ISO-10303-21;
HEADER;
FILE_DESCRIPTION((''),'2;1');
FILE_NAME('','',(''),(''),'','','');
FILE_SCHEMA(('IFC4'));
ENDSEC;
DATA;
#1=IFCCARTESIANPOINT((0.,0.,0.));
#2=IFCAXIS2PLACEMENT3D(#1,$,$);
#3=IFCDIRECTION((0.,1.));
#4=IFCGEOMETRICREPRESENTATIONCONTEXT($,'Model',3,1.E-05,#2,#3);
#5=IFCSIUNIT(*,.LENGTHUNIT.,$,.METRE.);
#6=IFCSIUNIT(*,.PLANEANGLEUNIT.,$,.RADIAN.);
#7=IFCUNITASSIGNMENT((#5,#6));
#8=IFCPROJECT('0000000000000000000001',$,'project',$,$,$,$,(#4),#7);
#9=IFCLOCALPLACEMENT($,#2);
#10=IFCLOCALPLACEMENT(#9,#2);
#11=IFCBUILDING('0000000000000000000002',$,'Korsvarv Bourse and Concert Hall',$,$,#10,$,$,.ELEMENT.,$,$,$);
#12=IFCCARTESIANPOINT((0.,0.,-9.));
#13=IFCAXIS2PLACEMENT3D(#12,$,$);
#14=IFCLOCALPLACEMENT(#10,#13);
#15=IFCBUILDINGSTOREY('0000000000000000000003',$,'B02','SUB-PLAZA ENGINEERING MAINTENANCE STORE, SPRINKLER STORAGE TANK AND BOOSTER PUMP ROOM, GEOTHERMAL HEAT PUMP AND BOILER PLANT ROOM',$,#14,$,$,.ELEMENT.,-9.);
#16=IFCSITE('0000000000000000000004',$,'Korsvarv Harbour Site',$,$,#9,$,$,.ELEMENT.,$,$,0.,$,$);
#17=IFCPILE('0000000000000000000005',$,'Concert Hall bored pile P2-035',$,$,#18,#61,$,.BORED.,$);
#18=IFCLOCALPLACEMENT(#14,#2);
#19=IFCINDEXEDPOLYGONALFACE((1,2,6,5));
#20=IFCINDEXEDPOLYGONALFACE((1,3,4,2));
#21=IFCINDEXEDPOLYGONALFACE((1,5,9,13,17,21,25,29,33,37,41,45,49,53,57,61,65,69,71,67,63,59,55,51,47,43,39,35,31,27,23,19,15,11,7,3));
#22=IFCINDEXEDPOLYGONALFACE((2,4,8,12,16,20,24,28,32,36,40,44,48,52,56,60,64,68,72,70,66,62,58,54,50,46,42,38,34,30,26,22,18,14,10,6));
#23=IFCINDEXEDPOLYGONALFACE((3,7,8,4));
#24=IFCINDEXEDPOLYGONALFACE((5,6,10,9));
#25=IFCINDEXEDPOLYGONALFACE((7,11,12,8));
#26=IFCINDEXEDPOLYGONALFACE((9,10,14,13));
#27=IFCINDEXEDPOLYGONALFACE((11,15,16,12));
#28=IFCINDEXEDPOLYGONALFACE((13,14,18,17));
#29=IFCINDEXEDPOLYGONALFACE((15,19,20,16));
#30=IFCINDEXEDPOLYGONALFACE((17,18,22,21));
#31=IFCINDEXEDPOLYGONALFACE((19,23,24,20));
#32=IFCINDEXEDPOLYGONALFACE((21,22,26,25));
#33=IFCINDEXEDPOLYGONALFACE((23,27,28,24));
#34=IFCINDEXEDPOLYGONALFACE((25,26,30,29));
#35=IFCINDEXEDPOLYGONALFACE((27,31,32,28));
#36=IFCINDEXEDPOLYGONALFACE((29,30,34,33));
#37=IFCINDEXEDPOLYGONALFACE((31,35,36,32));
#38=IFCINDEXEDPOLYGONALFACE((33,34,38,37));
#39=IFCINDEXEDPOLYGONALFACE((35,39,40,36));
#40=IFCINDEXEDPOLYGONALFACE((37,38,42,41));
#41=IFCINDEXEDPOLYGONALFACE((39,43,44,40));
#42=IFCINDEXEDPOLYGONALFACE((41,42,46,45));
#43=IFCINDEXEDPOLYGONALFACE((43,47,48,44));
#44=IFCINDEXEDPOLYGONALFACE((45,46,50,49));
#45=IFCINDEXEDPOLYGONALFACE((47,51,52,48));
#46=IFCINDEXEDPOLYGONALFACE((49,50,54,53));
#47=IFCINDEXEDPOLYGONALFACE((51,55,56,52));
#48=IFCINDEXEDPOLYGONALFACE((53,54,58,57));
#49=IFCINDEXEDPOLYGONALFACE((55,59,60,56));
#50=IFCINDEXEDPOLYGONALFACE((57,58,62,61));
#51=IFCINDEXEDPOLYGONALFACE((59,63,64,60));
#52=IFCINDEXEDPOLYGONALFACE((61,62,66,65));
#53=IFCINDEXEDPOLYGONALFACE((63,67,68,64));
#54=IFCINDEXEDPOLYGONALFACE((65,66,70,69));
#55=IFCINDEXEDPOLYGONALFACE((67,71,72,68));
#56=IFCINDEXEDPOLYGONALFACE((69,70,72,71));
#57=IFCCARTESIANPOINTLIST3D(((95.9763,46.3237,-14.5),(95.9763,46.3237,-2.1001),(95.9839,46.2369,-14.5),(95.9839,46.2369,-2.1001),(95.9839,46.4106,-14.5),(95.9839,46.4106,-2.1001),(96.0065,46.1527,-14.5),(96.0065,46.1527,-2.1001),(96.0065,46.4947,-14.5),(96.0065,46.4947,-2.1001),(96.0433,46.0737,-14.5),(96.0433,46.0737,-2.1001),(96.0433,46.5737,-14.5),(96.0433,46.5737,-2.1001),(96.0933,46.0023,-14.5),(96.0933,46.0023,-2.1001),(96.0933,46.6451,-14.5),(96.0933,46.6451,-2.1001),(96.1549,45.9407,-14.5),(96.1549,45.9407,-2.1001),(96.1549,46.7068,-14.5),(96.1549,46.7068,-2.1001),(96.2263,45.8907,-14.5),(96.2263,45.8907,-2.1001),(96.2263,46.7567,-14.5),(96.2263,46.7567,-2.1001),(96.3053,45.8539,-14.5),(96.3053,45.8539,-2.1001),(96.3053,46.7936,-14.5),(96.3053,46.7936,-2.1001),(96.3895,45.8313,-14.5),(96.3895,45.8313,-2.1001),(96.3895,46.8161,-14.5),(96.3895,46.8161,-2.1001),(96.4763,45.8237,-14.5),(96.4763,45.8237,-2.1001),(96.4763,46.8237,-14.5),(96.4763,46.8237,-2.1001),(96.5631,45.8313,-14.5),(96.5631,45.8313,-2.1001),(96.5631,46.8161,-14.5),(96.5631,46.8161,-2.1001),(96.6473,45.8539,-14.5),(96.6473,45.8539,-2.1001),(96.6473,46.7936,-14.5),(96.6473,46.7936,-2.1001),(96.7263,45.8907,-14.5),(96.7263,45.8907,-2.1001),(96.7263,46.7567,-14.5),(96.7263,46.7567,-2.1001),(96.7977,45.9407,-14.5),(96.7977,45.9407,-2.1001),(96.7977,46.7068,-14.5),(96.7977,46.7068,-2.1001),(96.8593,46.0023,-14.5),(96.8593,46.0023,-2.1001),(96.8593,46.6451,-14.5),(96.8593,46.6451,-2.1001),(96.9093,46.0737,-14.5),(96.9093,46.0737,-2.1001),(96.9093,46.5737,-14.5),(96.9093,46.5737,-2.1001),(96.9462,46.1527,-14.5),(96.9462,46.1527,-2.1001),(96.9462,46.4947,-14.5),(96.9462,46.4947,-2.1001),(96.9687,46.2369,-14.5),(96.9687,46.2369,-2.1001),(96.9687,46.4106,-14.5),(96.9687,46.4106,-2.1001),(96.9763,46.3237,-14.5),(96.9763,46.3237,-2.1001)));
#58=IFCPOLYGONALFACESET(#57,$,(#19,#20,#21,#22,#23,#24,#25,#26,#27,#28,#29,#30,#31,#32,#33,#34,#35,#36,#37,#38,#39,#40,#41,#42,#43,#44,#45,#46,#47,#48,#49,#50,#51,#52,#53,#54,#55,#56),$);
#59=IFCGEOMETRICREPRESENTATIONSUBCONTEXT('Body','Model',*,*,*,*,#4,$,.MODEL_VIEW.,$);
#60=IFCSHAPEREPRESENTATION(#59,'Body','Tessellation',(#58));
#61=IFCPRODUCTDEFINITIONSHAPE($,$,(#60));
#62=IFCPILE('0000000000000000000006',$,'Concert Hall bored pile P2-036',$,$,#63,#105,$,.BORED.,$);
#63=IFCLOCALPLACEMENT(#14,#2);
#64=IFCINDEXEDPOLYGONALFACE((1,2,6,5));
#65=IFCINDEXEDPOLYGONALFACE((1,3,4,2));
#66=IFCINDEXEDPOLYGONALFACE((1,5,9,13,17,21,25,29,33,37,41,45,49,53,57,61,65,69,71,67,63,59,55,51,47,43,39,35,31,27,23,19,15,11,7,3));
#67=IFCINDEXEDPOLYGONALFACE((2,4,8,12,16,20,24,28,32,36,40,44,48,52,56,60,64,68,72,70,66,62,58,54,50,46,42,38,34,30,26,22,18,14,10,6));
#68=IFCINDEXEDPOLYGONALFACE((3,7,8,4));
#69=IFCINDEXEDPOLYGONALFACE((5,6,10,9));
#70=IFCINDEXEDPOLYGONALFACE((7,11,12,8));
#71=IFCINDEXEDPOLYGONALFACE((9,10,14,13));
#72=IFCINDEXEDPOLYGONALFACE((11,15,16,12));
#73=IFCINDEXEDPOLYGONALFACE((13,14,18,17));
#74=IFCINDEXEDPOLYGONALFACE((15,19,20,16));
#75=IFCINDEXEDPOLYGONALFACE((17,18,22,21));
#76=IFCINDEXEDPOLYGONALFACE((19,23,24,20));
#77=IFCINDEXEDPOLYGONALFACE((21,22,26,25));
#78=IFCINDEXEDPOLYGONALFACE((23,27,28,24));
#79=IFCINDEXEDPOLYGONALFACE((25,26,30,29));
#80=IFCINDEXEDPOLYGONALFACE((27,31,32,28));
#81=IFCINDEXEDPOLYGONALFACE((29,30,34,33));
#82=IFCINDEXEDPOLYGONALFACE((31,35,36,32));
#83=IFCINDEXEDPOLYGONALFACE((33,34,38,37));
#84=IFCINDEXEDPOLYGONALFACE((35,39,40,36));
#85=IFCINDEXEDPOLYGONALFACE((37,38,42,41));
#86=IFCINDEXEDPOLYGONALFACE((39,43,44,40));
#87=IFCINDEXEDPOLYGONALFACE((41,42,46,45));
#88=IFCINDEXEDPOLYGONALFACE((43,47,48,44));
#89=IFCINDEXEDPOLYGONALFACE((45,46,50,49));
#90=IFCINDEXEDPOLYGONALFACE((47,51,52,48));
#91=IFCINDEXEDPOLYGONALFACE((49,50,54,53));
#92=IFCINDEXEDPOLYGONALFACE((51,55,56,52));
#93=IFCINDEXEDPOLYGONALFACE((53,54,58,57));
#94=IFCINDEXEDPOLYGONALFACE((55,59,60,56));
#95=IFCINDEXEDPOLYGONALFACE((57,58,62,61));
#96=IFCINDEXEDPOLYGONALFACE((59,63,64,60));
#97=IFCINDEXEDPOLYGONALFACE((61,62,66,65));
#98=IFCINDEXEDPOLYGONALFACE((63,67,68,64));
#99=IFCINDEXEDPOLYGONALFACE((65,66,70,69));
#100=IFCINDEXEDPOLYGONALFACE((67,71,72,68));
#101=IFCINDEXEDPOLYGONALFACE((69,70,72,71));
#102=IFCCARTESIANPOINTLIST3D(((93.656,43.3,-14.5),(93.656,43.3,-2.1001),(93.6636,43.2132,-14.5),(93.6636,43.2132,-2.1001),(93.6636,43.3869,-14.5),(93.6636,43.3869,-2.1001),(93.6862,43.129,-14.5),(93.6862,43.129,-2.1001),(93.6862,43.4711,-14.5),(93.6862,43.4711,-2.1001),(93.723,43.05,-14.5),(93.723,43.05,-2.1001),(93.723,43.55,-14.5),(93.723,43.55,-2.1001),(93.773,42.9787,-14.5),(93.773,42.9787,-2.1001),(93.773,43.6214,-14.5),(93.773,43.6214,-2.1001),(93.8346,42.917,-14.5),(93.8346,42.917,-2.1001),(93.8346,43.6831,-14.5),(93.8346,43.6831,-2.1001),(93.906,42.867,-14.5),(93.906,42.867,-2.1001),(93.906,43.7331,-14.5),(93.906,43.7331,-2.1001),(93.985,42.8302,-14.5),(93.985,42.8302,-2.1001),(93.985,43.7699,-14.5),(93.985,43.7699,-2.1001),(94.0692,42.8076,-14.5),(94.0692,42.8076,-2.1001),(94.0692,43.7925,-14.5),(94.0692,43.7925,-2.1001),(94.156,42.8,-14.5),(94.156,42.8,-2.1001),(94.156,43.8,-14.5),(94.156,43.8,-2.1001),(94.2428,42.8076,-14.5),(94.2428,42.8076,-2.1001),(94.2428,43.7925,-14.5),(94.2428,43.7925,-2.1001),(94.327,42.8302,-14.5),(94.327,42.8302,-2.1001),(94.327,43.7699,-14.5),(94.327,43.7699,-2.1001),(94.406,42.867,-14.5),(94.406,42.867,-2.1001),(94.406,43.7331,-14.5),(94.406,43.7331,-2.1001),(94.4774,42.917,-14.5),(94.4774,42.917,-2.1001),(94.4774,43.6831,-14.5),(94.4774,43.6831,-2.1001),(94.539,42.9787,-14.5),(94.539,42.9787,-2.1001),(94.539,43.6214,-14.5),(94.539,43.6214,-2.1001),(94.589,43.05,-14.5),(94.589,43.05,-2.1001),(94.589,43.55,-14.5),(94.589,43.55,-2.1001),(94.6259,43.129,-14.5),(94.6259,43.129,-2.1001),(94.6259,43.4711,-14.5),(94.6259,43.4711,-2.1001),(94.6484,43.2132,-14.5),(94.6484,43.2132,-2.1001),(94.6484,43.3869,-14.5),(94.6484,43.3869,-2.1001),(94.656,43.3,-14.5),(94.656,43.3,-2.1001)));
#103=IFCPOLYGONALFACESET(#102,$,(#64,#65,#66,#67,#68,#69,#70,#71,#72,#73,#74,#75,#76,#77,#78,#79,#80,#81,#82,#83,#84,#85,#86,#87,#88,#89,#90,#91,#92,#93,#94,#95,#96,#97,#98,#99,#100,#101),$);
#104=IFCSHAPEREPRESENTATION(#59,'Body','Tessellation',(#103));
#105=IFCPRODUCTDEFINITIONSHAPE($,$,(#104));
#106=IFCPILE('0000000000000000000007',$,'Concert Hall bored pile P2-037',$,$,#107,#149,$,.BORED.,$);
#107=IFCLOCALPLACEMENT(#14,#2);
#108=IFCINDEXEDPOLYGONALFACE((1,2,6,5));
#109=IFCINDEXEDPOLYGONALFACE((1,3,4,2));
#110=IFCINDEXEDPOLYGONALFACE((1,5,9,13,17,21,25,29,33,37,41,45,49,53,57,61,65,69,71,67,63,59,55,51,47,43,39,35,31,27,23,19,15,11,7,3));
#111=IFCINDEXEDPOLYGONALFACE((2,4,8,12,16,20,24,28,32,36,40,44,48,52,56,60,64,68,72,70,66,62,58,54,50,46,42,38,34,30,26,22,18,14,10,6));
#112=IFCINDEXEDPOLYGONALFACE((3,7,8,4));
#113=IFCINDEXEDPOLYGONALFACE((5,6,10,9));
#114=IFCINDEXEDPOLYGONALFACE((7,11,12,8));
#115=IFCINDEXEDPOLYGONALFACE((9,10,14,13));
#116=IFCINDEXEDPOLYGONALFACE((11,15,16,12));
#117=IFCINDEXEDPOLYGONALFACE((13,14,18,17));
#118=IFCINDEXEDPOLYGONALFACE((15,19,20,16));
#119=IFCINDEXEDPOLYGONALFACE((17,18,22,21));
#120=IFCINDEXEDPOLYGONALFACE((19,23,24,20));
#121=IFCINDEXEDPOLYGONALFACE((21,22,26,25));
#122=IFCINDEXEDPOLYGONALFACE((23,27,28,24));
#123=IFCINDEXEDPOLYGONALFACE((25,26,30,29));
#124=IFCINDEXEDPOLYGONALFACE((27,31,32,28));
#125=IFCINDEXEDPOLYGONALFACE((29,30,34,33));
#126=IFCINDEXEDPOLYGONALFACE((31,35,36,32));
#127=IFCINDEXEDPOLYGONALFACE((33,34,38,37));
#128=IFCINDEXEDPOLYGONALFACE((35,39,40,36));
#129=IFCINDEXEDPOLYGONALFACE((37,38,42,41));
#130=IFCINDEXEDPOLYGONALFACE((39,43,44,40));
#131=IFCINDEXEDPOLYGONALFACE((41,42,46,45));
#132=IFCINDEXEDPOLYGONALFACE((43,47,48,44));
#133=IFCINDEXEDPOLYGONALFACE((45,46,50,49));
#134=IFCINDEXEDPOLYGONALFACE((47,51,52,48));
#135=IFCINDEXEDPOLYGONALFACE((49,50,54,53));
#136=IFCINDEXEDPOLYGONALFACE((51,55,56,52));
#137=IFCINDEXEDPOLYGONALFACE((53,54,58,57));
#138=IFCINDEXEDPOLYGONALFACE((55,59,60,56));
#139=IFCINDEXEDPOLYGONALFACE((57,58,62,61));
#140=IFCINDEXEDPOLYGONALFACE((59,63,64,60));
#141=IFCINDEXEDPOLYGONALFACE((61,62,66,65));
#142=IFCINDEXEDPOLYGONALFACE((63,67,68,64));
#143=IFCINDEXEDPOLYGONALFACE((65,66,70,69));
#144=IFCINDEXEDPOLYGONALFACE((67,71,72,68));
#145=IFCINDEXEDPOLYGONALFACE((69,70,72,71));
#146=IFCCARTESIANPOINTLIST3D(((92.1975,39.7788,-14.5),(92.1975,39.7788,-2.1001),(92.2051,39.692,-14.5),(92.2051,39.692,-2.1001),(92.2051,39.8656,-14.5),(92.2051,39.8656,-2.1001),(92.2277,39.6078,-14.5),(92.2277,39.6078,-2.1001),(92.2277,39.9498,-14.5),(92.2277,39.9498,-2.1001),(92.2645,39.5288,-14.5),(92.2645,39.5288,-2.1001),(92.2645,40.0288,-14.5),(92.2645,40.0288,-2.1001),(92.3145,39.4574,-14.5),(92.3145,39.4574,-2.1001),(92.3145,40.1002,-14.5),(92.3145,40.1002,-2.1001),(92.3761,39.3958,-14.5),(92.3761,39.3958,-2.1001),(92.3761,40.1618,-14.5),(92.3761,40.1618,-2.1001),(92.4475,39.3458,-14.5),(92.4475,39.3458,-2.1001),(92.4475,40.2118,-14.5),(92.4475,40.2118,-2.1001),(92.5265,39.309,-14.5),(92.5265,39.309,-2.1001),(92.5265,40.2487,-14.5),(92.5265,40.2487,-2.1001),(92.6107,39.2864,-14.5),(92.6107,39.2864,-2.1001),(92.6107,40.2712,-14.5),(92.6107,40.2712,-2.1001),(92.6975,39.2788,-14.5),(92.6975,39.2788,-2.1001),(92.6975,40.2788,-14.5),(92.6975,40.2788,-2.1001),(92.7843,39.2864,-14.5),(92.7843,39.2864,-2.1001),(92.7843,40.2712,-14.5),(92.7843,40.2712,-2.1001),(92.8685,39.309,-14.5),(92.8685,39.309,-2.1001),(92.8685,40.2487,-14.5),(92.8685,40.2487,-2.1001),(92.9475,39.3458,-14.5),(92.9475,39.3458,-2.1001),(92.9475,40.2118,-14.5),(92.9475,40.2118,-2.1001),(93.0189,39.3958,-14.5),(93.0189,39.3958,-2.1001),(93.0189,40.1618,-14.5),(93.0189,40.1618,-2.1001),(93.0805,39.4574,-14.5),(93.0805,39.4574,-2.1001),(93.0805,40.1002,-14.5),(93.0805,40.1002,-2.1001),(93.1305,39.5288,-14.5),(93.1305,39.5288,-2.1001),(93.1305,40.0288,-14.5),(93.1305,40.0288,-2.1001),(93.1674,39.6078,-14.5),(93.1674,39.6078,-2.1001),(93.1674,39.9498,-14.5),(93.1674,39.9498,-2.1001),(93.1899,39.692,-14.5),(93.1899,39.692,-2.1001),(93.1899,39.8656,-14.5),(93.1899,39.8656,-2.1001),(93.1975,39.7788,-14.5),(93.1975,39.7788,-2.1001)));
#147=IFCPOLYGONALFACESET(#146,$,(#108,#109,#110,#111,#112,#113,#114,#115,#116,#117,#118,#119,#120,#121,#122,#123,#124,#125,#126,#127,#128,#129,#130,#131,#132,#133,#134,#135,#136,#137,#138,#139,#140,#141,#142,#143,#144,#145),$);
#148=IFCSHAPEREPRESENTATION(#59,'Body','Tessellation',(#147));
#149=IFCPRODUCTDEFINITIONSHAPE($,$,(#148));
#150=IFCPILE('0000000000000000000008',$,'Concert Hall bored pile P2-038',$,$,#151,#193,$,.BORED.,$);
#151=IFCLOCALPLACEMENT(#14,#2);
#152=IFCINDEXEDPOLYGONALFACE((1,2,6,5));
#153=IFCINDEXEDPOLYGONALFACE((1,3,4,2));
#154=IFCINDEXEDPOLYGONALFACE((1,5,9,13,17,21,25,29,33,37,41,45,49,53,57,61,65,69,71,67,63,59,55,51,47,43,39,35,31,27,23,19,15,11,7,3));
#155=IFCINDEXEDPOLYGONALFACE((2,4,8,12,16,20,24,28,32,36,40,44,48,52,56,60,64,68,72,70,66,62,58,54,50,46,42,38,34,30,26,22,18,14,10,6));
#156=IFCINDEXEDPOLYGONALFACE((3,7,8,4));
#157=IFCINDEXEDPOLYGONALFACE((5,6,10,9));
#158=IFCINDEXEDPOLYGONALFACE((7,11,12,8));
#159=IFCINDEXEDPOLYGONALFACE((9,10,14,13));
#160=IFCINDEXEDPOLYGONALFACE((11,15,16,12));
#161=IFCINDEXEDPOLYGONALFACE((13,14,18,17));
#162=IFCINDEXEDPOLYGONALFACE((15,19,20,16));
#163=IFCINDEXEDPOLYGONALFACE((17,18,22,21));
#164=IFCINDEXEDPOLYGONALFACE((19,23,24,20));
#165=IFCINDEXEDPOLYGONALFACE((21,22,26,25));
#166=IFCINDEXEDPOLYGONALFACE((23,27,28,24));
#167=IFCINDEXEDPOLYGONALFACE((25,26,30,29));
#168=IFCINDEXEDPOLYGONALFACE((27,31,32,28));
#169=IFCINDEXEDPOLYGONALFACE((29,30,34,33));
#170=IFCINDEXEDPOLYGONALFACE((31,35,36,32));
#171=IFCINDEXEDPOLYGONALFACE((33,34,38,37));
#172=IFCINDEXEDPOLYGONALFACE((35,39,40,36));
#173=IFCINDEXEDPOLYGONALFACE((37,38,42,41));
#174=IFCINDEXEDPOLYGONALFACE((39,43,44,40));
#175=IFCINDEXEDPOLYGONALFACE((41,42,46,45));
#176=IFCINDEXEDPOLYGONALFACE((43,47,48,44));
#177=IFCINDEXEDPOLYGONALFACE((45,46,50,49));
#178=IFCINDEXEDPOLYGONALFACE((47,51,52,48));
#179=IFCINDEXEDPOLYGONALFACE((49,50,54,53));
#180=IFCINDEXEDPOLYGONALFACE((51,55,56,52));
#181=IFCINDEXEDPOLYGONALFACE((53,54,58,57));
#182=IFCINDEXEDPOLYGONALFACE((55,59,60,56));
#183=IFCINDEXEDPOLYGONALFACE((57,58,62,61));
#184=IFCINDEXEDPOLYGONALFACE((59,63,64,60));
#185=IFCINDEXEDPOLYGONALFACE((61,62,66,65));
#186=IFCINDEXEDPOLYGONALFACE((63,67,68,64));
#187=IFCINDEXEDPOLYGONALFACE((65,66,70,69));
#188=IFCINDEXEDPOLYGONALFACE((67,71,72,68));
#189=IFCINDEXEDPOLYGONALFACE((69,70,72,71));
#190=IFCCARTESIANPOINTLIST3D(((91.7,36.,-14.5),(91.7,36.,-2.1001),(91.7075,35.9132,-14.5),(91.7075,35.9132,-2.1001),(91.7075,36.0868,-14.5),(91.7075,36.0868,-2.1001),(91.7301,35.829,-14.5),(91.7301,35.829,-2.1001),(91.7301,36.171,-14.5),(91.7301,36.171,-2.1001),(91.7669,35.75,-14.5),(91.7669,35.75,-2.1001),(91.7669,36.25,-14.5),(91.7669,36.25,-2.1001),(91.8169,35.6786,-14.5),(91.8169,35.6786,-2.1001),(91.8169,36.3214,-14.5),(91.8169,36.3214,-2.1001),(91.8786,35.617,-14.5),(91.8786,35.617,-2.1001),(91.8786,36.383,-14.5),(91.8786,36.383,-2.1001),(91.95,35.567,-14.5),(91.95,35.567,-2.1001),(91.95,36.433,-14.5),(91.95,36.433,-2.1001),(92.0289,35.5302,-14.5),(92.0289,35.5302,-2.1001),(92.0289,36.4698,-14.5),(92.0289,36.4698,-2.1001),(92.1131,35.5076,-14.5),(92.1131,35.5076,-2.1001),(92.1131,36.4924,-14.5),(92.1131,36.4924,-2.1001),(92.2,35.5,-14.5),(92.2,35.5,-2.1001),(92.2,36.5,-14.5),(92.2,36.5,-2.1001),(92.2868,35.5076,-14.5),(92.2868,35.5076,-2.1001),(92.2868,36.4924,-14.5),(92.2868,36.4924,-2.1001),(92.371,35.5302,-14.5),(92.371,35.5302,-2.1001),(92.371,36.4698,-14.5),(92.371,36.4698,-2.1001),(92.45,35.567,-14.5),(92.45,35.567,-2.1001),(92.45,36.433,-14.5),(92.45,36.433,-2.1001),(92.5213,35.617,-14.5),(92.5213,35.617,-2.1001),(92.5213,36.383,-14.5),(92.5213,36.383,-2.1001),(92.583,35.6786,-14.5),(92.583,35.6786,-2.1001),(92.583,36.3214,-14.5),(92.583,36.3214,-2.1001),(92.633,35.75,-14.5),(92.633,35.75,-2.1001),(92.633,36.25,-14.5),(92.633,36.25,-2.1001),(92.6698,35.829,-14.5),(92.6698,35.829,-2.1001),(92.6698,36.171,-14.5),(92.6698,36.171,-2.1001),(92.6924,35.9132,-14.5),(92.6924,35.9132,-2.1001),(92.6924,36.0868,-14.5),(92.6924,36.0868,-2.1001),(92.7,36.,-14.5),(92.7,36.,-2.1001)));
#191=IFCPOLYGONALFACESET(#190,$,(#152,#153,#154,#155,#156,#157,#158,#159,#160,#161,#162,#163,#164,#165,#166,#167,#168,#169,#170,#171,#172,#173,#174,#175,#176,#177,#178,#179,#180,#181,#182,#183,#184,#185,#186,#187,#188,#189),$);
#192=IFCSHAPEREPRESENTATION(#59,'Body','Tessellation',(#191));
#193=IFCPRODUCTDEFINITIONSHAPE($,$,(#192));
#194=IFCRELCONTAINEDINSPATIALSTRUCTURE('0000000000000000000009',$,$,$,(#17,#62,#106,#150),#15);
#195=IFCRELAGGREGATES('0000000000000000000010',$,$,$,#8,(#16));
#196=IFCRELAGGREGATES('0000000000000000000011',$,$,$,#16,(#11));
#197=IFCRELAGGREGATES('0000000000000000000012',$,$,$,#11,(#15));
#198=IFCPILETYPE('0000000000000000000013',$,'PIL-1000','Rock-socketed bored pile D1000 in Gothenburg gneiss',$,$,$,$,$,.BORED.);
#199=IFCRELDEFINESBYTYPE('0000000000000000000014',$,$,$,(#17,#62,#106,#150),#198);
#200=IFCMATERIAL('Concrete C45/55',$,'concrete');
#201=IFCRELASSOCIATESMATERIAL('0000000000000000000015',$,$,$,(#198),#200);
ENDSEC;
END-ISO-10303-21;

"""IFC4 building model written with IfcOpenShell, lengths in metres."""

from ifc_helpers import new_model, si_unit, direction, frame, origin, origin_2d, place, context, subcontext, project, spatial, circle, extrude, source, transform, mapped, material, material_profile, profile_set, type_object, element, save


model = new_model("IFC4")

# Units and contexts
model_context = context("Model", 3, precision=1e-05, world=origin(), true_north=direction((0.0, 1.0)))
body_context = subcontext(model_context, "Body", "Model", "MODEL_VIEW")
ifc_project = project(units=[si_unit("LENGTHUNIT", "METRE"), si_unit("PLANEANGLEUNIT", "RADIAN")], contexts=[model_context])

# Site, building, storey
site_placement = place(None, origin())
site = spatial("IfcSite", under=ifc_project, at=site_placement, Name="Korsvarv Harbour Site", CompositionType="ELEMENT", RefElevation=0.0)
building_placement = place(site_placement, origin())
building = spatial("IfcBuilding", under=site, at=building_placement, Name="Korsvarv Bourse and Concert Hall", CompositionType="ELEMENT")
storey_placement = place(building_placement, frame((0.0, 0.0, -9.0)))
storey = spatial("IfcBuildingStorey", under=building, at=storey_placement, Name="B02", Description="SUB-PLAZA ENGINEERING MAINTENANCE STORE, SPRINKLER STORAGE TANK AND BOOSTER PUMP ROOM, GEOTHERMAL HEAT PUMP AND BOILER PLANT ROOM", CompositionType="ELEMENT", Elevation=-9.0)

# Shared definitions
ifc_material_1 = material(Name="Concrete C45/55", Category="concrete")

# Piles
ifc_material_profile_1 = material_profile(ifc_material_1, circle(Radius=0.5, at=origin_2d()), Name="PILE D1000")
ifc_profile_set_1 = profile_set([ifc_material_profile_1], Name="Concrete C45/55")
pile_type = type_object("IfcPileType", Name="PIL-1000", Description="Rock-socketed bored pile D1000 in Gothenburg gneiss", PredefinedType="BORED", material=ifc_profile_set_1)
shared_shape_1 = source(origin(), body_context, "Body", "SweptSolid", [
    extrude(circle(Radius=0.5, at=origin_2d()), origin(), (0.0, 0.0, 1.0), 12.3999),
])
for number, where, z_axis, x_axis, name in (
    (1, (96.4763, 46.3237, -2.1001), (0.0, 0.0, -1.0), (1.0, 0.0, 0.0), "Concert Hall bored pile P2-035"),
    (2, (94.156, 43.3, -2.1001), (0.0, 0.0, -1.0), (1.0, 0.0, 0.0), "Concert Hall bored pile P2-036"),
    (3, (92.6975, 39.7788, -2.1001), (0.0, 0.0, -1.0), (1.0, 0.0, 0.0), "Concert Hall bored pile P2-037"),
    (4, (92.2, 36.0, -2.1001), (0.0, 0.0, -1.0), (1.0, 0.0, 0.0), "Concert Hall bored pile P2-038"),
):
    element("IfcPile", number, at=place(storey_placement, frame(where, z_axis=z_axis, x_axis=x_axis)), inside=storey, type_object=pile_type, Name=name, PredefinedType="BORED", context=body_context, shape_type="MappedRepresentation", body=[
        mapped(shared_shape_1, transform((0.0, 0.0, 0.0), scale=1.0)),
    ])

save(model, "model.ifc")
